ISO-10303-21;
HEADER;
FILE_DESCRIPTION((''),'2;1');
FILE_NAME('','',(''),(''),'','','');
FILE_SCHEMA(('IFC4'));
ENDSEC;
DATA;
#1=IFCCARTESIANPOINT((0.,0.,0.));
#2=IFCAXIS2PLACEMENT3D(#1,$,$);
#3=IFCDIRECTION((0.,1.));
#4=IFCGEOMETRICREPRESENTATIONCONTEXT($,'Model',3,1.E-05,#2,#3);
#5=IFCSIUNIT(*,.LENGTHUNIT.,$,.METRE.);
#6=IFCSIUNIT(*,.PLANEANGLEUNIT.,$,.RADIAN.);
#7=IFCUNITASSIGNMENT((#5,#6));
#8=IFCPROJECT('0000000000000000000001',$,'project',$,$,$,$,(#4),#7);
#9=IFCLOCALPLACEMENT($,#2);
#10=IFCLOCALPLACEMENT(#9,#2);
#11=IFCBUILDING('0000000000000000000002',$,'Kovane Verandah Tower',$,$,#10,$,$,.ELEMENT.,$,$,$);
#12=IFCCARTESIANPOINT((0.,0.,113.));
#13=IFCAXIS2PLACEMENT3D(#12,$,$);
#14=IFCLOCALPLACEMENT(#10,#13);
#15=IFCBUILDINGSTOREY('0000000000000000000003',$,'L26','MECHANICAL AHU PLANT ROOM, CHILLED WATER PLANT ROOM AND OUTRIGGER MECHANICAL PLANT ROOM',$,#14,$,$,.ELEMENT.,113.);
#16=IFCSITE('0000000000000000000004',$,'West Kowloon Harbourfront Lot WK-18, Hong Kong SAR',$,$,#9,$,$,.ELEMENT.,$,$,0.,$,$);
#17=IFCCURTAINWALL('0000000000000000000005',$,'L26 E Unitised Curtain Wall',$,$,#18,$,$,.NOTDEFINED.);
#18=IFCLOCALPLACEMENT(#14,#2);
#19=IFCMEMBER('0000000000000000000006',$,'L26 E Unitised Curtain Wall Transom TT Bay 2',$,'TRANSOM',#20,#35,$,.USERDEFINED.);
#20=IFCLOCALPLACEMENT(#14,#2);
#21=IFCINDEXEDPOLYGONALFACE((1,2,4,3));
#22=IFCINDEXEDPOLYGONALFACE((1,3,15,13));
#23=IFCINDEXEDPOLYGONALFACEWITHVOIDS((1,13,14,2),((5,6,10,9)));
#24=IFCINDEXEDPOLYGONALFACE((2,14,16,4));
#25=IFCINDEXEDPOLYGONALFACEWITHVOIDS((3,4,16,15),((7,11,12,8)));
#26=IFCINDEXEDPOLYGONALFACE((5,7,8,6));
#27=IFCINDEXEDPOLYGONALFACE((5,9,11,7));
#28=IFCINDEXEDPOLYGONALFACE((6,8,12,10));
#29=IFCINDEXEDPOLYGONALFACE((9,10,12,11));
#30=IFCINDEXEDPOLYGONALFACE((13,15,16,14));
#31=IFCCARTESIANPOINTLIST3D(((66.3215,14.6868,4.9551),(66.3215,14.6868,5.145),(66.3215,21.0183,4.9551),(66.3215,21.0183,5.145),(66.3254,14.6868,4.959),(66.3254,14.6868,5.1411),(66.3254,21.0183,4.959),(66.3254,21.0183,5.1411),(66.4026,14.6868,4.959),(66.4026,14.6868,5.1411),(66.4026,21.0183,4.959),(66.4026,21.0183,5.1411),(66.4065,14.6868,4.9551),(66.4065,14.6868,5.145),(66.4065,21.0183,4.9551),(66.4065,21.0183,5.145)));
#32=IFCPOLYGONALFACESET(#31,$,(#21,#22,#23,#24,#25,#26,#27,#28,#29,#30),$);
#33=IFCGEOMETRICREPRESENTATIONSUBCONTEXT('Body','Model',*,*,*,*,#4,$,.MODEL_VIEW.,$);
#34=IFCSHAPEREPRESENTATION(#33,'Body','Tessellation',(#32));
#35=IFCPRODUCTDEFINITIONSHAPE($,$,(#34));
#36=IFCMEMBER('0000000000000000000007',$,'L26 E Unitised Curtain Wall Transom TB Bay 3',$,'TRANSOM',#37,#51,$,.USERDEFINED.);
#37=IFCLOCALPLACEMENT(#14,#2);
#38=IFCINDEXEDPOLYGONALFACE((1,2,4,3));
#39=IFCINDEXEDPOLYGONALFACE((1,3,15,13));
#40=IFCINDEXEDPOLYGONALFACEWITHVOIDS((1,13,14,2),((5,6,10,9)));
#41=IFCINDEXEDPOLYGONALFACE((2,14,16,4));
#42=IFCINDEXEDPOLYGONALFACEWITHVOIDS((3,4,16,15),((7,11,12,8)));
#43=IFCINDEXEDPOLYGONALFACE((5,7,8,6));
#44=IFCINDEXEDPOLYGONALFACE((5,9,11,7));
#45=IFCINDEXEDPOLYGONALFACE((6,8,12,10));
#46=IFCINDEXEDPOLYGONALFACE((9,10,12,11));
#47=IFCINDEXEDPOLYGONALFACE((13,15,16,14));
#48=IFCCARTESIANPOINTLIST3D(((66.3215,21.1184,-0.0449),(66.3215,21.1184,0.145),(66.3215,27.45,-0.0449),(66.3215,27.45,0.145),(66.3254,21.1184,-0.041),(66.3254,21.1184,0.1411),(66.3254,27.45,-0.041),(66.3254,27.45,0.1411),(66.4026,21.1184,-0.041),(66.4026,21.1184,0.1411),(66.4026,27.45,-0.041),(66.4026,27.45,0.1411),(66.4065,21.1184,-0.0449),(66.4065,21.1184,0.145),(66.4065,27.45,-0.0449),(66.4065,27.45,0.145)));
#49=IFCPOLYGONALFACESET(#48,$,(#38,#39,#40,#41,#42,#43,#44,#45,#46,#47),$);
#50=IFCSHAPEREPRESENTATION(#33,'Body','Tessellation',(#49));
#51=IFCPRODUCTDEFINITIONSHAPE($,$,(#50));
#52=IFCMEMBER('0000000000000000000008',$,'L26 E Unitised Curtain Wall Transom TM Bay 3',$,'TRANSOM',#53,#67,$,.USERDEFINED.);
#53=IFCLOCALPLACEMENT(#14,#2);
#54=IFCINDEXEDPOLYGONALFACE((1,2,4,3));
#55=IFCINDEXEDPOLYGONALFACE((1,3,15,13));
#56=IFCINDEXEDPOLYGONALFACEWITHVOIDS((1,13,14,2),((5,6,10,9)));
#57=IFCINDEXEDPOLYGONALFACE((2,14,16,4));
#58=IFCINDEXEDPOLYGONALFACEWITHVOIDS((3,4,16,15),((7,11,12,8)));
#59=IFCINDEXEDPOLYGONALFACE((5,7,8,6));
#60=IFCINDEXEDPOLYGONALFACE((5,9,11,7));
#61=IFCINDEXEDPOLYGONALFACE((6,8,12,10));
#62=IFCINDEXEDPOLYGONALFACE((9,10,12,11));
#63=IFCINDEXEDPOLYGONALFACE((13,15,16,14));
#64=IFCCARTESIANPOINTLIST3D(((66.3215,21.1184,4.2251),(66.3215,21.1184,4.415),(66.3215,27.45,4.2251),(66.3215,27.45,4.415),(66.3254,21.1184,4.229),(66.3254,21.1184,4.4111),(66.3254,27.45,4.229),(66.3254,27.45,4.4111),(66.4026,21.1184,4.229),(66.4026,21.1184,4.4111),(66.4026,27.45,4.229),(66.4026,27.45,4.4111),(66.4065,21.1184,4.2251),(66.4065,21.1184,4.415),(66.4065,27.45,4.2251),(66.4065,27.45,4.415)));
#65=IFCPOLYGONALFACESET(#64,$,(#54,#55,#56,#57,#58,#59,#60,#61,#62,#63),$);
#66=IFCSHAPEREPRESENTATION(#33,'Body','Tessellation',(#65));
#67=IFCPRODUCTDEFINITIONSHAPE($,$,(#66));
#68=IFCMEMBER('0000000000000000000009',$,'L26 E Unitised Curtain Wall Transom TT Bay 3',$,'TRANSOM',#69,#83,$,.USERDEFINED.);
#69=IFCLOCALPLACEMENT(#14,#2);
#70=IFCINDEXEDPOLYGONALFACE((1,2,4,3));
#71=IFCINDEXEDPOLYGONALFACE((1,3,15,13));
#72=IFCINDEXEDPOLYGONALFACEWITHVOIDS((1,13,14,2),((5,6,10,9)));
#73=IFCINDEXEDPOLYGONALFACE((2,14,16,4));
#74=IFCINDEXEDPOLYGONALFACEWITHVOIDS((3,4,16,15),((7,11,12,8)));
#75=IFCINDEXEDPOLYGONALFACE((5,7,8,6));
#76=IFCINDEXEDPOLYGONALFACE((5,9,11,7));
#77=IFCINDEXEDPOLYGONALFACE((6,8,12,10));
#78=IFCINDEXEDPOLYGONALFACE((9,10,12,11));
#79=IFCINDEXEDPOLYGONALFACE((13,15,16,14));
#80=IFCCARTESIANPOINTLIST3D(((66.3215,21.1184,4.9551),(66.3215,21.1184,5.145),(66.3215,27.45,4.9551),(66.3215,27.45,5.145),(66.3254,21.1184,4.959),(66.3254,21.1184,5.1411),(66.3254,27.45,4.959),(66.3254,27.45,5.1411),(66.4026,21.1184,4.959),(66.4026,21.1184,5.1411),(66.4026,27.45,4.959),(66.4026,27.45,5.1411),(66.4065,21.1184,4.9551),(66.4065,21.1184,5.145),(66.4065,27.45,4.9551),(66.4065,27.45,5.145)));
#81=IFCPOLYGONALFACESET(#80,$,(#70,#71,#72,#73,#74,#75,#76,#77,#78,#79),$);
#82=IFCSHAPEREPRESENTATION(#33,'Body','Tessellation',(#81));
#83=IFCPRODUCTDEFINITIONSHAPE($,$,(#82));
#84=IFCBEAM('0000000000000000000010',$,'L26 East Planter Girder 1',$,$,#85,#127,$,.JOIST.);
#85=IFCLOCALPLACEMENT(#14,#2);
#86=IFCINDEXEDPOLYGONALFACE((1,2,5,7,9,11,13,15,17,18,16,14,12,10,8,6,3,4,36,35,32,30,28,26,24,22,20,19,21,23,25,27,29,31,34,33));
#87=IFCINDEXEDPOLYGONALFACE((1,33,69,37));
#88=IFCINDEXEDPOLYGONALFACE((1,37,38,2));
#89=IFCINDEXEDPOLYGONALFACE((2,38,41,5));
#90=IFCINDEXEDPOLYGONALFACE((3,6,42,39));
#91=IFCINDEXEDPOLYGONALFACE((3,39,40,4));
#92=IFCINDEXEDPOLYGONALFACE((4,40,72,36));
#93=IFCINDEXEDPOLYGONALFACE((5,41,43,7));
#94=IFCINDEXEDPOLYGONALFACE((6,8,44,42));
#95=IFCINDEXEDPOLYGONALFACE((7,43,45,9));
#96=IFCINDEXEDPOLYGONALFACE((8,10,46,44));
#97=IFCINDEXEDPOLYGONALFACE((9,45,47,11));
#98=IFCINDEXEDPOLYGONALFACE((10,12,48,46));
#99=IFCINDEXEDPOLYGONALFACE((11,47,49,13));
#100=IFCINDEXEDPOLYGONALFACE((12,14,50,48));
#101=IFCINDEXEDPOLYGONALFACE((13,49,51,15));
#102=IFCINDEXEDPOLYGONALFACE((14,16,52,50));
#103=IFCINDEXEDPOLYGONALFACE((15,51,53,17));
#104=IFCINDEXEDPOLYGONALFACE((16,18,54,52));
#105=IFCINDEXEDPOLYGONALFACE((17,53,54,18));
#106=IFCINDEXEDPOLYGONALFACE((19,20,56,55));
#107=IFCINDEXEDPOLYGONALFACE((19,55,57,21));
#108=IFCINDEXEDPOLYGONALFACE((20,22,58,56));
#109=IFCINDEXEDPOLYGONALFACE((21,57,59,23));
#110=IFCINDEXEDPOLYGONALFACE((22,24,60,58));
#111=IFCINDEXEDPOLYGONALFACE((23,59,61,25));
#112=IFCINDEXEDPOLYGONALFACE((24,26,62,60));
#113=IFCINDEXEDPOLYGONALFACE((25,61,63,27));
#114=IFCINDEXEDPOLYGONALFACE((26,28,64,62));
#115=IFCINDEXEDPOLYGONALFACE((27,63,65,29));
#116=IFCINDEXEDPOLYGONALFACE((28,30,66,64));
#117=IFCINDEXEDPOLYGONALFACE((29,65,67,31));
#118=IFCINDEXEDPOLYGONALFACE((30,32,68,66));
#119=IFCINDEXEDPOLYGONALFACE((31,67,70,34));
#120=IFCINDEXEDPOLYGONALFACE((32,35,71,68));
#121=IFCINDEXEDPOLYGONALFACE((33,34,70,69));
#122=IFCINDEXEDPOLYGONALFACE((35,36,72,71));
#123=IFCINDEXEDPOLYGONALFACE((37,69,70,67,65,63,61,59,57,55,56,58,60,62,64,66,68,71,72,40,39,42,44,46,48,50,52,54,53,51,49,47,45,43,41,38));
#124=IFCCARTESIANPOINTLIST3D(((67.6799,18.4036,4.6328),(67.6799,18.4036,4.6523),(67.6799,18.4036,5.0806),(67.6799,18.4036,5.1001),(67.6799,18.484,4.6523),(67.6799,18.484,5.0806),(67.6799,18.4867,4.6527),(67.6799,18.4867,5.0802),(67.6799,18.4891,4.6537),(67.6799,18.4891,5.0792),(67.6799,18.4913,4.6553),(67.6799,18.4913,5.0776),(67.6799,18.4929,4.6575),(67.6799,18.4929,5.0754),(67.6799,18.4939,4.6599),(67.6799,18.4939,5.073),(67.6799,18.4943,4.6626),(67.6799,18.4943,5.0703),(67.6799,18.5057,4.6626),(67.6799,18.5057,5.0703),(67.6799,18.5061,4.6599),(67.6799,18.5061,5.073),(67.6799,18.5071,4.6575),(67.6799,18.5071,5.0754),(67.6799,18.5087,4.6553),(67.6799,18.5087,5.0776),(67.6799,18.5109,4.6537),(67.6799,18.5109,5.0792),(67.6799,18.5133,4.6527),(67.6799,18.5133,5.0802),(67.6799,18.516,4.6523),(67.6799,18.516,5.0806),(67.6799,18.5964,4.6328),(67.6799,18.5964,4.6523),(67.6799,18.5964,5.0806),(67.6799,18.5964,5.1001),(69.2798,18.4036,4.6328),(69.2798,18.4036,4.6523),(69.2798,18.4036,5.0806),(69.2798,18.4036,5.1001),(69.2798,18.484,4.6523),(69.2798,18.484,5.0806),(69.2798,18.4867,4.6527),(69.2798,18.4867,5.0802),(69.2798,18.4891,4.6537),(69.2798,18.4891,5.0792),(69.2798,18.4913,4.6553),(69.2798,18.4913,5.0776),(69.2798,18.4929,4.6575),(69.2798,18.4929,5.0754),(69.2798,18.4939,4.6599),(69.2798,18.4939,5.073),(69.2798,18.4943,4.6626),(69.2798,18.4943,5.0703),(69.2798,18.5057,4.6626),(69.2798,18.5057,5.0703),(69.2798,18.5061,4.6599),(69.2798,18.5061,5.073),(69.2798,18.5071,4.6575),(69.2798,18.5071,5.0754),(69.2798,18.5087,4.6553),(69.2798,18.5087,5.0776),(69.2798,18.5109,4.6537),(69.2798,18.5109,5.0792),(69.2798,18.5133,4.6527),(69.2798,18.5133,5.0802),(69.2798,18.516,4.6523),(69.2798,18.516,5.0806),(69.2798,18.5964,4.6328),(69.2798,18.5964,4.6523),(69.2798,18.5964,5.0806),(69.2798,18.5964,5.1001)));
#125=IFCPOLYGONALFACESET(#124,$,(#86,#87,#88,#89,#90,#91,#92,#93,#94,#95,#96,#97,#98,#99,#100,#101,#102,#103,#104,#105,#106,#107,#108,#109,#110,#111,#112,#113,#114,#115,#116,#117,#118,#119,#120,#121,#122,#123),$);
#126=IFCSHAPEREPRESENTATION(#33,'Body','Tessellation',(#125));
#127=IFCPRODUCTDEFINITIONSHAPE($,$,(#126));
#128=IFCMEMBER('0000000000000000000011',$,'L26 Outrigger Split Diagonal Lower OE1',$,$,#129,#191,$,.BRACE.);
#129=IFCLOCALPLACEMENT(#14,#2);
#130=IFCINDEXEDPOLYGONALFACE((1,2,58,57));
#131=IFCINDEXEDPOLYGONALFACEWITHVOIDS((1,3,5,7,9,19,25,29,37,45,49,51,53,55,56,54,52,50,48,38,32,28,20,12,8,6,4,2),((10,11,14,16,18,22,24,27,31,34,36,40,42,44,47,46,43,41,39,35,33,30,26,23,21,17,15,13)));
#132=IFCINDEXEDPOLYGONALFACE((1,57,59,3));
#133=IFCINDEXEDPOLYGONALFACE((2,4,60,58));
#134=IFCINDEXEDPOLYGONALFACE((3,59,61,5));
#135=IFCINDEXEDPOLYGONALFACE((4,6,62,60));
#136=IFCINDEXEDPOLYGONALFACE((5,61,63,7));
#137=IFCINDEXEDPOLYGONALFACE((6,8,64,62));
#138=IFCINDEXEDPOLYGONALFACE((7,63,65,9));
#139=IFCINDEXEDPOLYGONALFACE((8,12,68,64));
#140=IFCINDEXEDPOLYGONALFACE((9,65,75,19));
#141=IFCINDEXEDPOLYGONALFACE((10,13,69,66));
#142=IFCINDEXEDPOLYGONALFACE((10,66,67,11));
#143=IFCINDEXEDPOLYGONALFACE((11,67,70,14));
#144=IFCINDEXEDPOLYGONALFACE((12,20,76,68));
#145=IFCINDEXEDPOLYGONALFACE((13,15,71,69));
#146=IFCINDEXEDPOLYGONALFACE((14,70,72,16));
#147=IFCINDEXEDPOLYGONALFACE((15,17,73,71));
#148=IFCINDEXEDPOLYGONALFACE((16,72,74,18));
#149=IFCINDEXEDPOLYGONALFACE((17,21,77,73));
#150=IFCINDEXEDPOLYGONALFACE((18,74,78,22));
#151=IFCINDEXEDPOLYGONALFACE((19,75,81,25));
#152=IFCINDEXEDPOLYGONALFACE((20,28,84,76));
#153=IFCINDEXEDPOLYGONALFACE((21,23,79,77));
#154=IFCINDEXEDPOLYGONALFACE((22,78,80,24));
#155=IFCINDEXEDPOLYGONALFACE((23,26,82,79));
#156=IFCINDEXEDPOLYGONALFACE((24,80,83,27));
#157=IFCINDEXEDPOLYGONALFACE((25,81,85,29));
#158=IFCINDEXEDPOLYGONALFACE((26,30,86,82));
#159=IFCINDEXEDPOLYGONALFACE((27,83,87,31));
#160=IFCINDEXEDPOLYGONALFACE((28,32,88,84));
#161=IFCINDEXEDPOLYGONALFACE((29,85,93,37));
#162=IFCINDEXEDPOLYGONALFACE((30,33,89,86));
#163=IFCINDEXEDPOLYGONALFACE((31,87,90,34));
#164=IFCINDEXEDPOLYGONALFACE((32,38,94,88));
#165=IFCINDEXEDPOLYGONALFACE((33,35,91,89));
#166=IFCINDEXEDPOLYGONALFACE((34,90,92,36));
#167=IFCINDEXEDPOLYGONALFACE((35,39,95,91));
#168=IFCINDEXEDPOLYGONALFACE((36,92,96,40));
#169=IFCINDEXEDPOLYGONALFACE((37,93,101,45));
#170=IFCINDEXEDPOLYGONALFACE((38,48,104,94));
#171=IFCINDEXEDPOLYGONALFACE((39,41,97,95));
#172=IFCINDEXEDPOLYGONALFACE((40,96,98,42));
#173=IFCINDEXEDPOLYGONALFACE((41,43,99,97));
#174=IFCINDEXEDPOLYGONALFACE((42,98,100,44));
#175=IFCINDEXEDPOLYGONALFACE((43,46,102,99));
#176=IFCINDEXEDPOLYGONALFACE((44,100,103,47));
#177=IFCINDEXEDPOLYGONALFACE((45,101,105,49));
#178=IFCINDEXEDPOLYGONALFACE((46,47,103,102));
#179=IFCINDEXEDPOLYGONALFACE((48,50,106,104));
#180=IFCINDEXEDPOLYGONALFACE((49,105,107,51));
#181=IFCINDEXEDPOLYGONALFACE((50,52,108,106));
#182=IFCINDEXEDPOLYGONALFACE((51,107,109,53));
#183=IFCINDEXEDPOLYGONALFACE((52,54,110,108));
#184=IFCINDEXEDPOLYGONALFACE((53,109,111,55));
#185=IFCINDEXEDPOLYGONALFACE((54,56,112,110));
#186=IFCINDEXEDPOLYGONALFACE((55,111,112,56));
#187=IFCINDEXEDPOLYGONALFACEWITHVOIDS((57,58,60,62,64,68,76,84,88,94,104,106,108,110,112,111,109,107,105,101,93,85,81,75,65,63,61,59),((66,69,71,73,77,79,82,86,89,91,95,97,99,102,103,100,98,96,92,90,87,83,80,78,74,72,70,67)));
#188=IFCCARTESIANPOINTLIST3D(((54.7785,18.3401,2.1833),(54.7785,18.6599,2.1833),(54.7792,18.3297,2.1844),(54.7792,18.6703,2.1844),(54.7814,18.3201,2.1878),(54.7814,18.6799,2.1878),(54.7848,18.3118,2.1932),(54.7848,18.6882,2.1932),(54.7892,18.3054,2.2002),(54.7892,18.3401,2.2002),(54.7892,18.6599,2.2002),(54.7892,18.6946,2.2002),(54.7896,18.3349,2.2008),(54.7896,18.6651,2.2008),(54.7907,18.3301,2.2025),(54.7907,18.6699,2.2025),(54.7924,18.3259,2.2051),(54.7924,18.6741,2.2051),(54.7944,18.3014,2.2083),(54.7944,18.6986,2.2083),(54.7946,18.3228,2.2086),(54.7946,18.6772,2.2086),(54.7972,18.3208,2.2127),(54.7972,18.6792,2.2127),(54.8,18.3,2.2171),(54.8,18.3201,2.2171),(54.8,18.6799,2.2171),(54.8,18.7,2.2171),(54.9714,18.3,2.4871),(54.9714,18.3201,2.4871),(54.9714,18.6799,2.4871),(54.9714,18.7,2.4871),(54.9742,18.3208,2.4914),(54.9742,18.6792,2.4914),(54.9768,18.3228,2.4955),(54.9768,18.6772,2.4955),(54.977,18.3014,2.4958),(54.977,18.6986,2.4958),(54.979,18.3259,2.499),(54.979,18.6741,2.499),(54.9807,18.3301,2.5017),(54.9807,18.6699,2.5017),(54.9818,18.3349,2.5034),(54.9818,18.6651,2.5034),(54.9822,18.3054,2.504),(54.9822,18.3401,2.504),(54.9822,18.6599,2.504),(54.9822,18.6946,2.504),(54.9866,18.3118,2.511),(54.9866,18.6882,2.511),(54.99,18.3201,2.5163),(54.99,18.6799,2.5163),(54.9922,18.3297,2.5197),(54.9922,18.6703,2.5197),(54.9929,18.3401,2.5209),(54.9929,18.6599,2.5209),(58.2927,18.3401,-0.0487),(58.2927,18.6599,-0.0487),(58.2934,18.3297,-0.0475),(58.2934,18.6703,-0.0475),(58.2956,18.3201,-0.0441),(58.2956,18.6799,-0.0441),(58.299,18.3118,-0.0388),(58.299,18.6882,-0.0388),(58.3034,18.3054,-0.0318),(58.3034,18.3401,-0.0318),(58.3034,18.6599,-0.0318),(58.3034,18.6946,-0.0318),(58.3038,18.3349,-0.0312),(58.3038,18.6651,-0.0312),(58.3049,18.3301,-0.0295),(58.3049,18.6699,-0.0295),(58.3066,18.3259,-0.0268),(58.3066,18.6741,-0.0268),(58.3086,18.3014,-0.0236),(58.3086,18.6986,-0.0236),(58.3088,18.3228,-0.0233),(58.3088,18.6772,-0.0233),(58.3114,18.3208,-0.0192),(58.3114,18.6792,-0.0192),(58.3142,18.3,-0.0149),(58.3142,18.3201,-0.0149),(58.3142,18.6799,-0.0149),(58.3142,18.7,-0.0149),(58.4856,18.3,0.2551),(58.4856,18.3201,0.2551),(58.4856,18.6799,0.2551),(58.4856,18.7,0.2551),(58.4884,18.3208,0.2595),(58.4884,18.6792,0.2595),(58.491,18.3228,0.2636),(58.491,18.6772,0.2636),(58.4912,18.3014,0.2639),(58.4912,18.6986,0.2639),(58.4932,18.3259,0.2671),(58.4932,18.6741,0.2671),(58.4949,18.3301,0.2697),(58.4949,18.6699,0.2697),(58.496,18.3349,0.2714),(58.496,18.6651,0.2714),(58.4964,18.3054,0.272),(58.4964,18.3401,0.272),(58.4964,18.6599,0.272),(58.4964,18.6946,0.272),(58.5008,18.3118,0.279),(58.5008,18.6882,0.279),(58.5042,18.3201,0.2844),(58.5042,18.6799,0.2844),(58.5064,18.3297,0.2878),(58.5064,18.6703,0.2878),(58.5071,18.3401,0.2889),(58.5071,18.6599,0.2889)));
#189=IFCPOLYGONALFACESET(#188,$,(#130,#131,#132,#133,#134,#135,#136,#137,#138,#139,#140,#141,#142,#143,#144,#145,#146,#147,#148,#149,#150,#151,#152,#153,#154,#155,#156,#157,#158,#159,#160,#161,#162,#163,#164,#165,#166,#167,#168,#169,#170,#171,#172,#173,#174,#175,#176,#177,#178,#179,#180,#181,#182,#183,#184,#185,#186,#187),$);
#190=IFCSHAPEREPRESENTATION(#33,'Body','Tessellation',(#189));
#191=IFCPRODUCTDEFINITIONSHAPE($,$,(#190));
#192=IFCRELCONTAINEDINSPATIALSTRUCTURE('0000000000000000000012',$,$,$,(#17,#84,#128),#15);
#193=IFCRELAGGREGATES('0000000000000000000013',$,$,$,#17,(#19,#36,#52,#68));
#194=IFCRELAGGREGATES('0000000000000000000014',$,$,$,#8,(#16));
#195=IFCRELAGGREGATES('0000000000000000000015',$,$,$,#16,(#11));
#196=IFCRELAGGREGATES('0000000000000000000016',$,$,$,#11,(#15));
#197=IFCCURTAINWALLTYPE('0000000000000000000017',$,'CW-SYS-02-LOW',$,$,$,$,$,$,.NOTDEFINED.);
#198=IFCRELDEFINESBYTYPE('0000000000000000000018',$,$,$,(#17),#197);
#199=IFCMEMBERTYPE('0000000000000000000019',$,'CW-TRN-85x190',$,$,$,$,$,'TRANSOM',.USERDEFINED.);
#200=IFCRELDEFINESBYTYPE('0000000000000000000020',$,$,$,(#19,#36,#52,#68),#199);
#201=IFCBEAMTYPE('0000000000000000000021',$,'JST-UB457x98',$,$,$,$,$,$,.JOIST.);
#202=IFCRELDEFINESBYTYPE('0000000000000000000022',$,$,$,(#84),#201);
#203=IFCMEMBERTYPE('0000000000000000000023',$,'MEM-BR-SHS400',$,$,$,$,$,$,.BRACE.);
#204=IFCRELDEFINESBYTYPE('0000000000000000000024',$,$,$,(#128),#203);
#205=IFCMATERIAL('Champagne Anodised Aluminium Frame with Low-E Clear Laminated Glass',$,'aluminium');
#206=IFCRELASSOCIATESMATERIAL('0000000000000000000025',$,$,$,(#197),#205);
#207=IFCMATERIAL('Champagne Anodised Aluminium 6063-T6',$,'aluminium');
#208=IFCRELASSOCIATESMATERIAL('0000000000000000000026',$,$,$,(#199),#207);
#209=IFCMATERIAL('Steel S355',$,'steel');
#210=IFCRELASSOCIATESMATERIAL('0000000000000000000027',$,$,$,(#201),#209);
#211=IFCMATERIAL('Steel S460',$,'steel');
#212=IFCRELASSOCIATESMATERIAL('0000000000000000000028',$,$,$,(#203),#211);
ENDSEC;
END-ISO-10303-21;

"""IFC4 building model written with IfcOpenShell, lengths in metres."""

from ifc_helpers import new_model, si_unit, direction, frame, origin, origin_2d, place, context, subcontext, project, spatial, hollow_rectangle, i_section, extrude, material, material_profile, profile_set, type_object, element, aggregate, save


model = new_model("IFC4")

# Units and contexts
model_context = context("Model", 3, precision=1e-05, world=origin(), true_north=direction((0.0, 1.0)))
body_context = subcontext(model_context, "Body", "Model", "MODEL_VIEW")
ifc_project = project(units=[si_unit("LENGTHUNIT", "METRE"), si_unit("PLANEANGLEUNIT", "RADIAN")], contexts=[model_context])

# Site, building, storey
site_placement = place(None, origin())
site = spatial("IfcSite", under=ifc_project, at=site_placement, Name="West Kowloon Harbourfront Lot WK-18, Hong Kong SAR", CompositionType="ELEMENT", RefElevation=0.0)
building_placement = place(site_placement, origin())
building = spatial("IfcBuilding", under=site, at=building_placement, Name="Kovane Verandah Tower", CompositionType="ELEMENT")
storey_placement = place(building_placement, frame((0.0, 0.0, 113.0)))
storey = spatial("IfcBuildingStorey", under=building, at=storey_placement, Name="L26", Description="MECHANICAL AHU PLANT ROOM, CHILLED WATER PLANT ROOM AND OUTRIGGER MECHANICAL PLANT ROOM", CompositionType="ELEMENT", Elevation=113.0)

# Shared definitions
ifc_material_1 = material(Name="Steel S460", Category="steel")

# Curtain wall, members
ifc_material_2 = material(Name="Champagne Anodised Aluminium Frame with Low-E Clear Laminated Glass", Category="aluminium")
curtain_wall_type = type_object("IfcCurtainWallType", Name="CW-SYS-02-LOW", PredefinedType="NOTDEFINED", material=ifc_material_2)
curtain_wall_placement = place(storey_placement, origin())
curtain_wall = element("IfcCurtainWall", 1, at=curtain_wall_placement, inside=storey, type_object=curtain_wall_type, Name="L26 E Unitised Curtain Wall", PredefinedType="NOTDEFINED")
ifc_material_3 = material(Name="Champagne Anodised Aluminium 6063-T6", Category="aluminium")
ifc_material_profile_1 = material_profile(ifc_material_3, hollow_rectangle(XDim=0.085, YDim=0.1899, WallThickness=0.0039, at=origin_2d()), Name="AL85x190x4")
ifc_profile_set_1 = profile_set([ifc_material_profile_1], Name="Champagne Anodised Aluminium 6063-T6")
member_type_1 = type_object("IfcMemberType", Name="CW-TRN-85x190", ElementType="TRANSOM", PredefinedType="USERDEFINED", material=ifc_profile_set_1)
member_1_placement = place(storey_placement, frame((66.364, 14.6868, 5.05), z_axis=(0.0, 1.0, 0.0), x_axis=(-1.0, 0.0, 0.0)))
member_1 = element("IfcMember", 2, at=member_1_placement, type_object=member_type_1, Name="L26 E Unitised Curtain Wall Transom TT Bay 2", ObjectType="TRANSOM", PredefinedType="USERDEFINED", context=body_context, shape_type="SweptSolid", body=[
    extrude(hollow_rectangle(XDim=0.085, YDim=0.1899, WallThickness=0.0039, at=origin_2d()), origin(), (0.0, 0.0, 1.0), 6.3315),
])
member_2_placement = place(storey_placement, frame((66.364, 21.1184, 0.05), z_axis=(0.0, 1.0, 0.0), x_axis=(-1.0, 0.0, 0.0)))
member_2 = element("IfcMember", 3, at=member_2_placement, type_object=member_type_1, Name="L26 E Unitised Curtain Wall Transom TB Bay 3", ObjectType="TRANSOM", PredefinedType="USERDEFINED", context=body_context, shape_type="SweptSolid", body=[
    extrude(hollow_rectangle(XDim=0.085, YDim=0.1899, WallThickness=0.0039, at=origin_2d()), origin(), (0.0, 0.0, 1.0), 6.3315),
])
member_3_placement = place(storey_placement, frame((66.364, 21.1184, 4.3201), z_axis=(0.0, 1.0, 0.0), x_axis=(-1.0, 0.0, 0.0)))
member_3 = element("IfcMember", 4, at=member_3_placement, type_object=member_type_1, Name="L26 E Unitised Curtain Wall Transom TM Bay 3", ObjectType="TRANSOM", PredefinedType="USERDEFINED", context=body_context, shape_type="SweptSolid", body=[
    extrude(hollow_rectangle(XDim=0.085, YDim=0.1899, WallThickness=0.0039, at=origin_2d()), origin(), (0.0, 0.0, 1.0), 6.3315),
])
member_4_placement = place(storey_placement, frame((66.364, 21.1184, 5.05), z_axis=(0.0, 1.0, 0.0), x_axis=(-1.0, 0.0, 0.0)))
member_4 = element("IfcMember", 5, at=member_4_placement, type_object=member_type_1, Name="L26 E Unitised Curtain Wall Transom TT Bay 3", ObjectType="TRANSOM", PredefinedType="USERDEFINED", context=body_context, shape_type="SweptSolid", body=[
    extrude(hollow_rectangle(XDim=0.085, YDim=0.1899, WallThickness=0.0039, at=origin_2d()), origin(), (0.0, 0.0, 1.0), 6.3315),
])

# Beam
ifc_material_4 = material(Name="Steel S355", Category="steel")
ifc_material_profile_2 = material_profile(ifc_material_4, i_section(OverallWidth=0.1929, OverallDepth=0.4673, WebThickness=0.0115, FlangeThickness=0.0195, FilletRadius=0.0103, at=origin_2d()), Name="UB457x191x98")
ifc_profile_set_2 = profile_set([ifc_material_profile_2], Name="Steel S355")
beam_type_1 = type_object("IfcBeamType", Name="JST-UB457x98", PredefinedType="JOIST", material=ifc_profile_set_2)
beam_1_placement = place(storey_placement, frame((67.6799, 18.5, 4.8665), z_axis=(1.0, 0.0, 0.0), x_axis=(0.0, 1.0, 0.0)))
element("IfcBeam", 6, at=beam_1_placement, inside=storey, type_object=beam_type_1, Name="L26 East Planter Girder 1", PredefinedType="JOIST", context=body_context, shape_type="SweptSolid", body=[
    extrude(i_section(OverallWidth=0.1929, OverallDepth=0.4673, WebThickness=0.0115, FlangeThickness=0.0195, FilletRadius=0.0103, at=origin_2d()), origin(), (0.0, 0.0, 1.0), 1.5999),
])

# Member
ifc_material_profile_3 = material_profile(ifc_material_1, hollow_rectangle(XDim=0.3999, YDim=0.3999, WallThickness=0.02, InnerFilletRadius=0.02, OuterFilletRadius=0.04, at=origin_2d()), Name="SHS400x400x20")
ifc_profile_set_3 = profile_set([ifc_material_profile_3], Name="Steel S460")
member_type_2 = type_object("IfcMemberType", Name="MEM-BR-SHS400", PredefinedType="BRACE", material=ifc_profile_set_3)
member_5_placement = place(storey_placement, frame((58.3999, 18.5, 0.1201), z_axis=(-0.844134, 0.0, 0.536132), x_axis=(0.0, -1.0, 0.0)))
element("IfcMember", 7, at=member_5_placement, inside=storey, type_object=member_type_2, Name="L26 Outrigger Split Diagonal Lower OE1", PredefinedType="BRACE", context=body_context, shape_type="SweptSolid", body=[
    extrude(hollow_rectangle(XDim=0.3999, YDim=0.3999, WallThickness=0.02, InnerFilletRadius=0.02, OuterFilletRadius=0.04, at=origin_2d()), origin(), (0.0, 0.0, 1.0), 4.1631),
])

aggregate(curtain_wall, [member_1, member_2, member_3, member_4])

save(model, "model.ifc")
